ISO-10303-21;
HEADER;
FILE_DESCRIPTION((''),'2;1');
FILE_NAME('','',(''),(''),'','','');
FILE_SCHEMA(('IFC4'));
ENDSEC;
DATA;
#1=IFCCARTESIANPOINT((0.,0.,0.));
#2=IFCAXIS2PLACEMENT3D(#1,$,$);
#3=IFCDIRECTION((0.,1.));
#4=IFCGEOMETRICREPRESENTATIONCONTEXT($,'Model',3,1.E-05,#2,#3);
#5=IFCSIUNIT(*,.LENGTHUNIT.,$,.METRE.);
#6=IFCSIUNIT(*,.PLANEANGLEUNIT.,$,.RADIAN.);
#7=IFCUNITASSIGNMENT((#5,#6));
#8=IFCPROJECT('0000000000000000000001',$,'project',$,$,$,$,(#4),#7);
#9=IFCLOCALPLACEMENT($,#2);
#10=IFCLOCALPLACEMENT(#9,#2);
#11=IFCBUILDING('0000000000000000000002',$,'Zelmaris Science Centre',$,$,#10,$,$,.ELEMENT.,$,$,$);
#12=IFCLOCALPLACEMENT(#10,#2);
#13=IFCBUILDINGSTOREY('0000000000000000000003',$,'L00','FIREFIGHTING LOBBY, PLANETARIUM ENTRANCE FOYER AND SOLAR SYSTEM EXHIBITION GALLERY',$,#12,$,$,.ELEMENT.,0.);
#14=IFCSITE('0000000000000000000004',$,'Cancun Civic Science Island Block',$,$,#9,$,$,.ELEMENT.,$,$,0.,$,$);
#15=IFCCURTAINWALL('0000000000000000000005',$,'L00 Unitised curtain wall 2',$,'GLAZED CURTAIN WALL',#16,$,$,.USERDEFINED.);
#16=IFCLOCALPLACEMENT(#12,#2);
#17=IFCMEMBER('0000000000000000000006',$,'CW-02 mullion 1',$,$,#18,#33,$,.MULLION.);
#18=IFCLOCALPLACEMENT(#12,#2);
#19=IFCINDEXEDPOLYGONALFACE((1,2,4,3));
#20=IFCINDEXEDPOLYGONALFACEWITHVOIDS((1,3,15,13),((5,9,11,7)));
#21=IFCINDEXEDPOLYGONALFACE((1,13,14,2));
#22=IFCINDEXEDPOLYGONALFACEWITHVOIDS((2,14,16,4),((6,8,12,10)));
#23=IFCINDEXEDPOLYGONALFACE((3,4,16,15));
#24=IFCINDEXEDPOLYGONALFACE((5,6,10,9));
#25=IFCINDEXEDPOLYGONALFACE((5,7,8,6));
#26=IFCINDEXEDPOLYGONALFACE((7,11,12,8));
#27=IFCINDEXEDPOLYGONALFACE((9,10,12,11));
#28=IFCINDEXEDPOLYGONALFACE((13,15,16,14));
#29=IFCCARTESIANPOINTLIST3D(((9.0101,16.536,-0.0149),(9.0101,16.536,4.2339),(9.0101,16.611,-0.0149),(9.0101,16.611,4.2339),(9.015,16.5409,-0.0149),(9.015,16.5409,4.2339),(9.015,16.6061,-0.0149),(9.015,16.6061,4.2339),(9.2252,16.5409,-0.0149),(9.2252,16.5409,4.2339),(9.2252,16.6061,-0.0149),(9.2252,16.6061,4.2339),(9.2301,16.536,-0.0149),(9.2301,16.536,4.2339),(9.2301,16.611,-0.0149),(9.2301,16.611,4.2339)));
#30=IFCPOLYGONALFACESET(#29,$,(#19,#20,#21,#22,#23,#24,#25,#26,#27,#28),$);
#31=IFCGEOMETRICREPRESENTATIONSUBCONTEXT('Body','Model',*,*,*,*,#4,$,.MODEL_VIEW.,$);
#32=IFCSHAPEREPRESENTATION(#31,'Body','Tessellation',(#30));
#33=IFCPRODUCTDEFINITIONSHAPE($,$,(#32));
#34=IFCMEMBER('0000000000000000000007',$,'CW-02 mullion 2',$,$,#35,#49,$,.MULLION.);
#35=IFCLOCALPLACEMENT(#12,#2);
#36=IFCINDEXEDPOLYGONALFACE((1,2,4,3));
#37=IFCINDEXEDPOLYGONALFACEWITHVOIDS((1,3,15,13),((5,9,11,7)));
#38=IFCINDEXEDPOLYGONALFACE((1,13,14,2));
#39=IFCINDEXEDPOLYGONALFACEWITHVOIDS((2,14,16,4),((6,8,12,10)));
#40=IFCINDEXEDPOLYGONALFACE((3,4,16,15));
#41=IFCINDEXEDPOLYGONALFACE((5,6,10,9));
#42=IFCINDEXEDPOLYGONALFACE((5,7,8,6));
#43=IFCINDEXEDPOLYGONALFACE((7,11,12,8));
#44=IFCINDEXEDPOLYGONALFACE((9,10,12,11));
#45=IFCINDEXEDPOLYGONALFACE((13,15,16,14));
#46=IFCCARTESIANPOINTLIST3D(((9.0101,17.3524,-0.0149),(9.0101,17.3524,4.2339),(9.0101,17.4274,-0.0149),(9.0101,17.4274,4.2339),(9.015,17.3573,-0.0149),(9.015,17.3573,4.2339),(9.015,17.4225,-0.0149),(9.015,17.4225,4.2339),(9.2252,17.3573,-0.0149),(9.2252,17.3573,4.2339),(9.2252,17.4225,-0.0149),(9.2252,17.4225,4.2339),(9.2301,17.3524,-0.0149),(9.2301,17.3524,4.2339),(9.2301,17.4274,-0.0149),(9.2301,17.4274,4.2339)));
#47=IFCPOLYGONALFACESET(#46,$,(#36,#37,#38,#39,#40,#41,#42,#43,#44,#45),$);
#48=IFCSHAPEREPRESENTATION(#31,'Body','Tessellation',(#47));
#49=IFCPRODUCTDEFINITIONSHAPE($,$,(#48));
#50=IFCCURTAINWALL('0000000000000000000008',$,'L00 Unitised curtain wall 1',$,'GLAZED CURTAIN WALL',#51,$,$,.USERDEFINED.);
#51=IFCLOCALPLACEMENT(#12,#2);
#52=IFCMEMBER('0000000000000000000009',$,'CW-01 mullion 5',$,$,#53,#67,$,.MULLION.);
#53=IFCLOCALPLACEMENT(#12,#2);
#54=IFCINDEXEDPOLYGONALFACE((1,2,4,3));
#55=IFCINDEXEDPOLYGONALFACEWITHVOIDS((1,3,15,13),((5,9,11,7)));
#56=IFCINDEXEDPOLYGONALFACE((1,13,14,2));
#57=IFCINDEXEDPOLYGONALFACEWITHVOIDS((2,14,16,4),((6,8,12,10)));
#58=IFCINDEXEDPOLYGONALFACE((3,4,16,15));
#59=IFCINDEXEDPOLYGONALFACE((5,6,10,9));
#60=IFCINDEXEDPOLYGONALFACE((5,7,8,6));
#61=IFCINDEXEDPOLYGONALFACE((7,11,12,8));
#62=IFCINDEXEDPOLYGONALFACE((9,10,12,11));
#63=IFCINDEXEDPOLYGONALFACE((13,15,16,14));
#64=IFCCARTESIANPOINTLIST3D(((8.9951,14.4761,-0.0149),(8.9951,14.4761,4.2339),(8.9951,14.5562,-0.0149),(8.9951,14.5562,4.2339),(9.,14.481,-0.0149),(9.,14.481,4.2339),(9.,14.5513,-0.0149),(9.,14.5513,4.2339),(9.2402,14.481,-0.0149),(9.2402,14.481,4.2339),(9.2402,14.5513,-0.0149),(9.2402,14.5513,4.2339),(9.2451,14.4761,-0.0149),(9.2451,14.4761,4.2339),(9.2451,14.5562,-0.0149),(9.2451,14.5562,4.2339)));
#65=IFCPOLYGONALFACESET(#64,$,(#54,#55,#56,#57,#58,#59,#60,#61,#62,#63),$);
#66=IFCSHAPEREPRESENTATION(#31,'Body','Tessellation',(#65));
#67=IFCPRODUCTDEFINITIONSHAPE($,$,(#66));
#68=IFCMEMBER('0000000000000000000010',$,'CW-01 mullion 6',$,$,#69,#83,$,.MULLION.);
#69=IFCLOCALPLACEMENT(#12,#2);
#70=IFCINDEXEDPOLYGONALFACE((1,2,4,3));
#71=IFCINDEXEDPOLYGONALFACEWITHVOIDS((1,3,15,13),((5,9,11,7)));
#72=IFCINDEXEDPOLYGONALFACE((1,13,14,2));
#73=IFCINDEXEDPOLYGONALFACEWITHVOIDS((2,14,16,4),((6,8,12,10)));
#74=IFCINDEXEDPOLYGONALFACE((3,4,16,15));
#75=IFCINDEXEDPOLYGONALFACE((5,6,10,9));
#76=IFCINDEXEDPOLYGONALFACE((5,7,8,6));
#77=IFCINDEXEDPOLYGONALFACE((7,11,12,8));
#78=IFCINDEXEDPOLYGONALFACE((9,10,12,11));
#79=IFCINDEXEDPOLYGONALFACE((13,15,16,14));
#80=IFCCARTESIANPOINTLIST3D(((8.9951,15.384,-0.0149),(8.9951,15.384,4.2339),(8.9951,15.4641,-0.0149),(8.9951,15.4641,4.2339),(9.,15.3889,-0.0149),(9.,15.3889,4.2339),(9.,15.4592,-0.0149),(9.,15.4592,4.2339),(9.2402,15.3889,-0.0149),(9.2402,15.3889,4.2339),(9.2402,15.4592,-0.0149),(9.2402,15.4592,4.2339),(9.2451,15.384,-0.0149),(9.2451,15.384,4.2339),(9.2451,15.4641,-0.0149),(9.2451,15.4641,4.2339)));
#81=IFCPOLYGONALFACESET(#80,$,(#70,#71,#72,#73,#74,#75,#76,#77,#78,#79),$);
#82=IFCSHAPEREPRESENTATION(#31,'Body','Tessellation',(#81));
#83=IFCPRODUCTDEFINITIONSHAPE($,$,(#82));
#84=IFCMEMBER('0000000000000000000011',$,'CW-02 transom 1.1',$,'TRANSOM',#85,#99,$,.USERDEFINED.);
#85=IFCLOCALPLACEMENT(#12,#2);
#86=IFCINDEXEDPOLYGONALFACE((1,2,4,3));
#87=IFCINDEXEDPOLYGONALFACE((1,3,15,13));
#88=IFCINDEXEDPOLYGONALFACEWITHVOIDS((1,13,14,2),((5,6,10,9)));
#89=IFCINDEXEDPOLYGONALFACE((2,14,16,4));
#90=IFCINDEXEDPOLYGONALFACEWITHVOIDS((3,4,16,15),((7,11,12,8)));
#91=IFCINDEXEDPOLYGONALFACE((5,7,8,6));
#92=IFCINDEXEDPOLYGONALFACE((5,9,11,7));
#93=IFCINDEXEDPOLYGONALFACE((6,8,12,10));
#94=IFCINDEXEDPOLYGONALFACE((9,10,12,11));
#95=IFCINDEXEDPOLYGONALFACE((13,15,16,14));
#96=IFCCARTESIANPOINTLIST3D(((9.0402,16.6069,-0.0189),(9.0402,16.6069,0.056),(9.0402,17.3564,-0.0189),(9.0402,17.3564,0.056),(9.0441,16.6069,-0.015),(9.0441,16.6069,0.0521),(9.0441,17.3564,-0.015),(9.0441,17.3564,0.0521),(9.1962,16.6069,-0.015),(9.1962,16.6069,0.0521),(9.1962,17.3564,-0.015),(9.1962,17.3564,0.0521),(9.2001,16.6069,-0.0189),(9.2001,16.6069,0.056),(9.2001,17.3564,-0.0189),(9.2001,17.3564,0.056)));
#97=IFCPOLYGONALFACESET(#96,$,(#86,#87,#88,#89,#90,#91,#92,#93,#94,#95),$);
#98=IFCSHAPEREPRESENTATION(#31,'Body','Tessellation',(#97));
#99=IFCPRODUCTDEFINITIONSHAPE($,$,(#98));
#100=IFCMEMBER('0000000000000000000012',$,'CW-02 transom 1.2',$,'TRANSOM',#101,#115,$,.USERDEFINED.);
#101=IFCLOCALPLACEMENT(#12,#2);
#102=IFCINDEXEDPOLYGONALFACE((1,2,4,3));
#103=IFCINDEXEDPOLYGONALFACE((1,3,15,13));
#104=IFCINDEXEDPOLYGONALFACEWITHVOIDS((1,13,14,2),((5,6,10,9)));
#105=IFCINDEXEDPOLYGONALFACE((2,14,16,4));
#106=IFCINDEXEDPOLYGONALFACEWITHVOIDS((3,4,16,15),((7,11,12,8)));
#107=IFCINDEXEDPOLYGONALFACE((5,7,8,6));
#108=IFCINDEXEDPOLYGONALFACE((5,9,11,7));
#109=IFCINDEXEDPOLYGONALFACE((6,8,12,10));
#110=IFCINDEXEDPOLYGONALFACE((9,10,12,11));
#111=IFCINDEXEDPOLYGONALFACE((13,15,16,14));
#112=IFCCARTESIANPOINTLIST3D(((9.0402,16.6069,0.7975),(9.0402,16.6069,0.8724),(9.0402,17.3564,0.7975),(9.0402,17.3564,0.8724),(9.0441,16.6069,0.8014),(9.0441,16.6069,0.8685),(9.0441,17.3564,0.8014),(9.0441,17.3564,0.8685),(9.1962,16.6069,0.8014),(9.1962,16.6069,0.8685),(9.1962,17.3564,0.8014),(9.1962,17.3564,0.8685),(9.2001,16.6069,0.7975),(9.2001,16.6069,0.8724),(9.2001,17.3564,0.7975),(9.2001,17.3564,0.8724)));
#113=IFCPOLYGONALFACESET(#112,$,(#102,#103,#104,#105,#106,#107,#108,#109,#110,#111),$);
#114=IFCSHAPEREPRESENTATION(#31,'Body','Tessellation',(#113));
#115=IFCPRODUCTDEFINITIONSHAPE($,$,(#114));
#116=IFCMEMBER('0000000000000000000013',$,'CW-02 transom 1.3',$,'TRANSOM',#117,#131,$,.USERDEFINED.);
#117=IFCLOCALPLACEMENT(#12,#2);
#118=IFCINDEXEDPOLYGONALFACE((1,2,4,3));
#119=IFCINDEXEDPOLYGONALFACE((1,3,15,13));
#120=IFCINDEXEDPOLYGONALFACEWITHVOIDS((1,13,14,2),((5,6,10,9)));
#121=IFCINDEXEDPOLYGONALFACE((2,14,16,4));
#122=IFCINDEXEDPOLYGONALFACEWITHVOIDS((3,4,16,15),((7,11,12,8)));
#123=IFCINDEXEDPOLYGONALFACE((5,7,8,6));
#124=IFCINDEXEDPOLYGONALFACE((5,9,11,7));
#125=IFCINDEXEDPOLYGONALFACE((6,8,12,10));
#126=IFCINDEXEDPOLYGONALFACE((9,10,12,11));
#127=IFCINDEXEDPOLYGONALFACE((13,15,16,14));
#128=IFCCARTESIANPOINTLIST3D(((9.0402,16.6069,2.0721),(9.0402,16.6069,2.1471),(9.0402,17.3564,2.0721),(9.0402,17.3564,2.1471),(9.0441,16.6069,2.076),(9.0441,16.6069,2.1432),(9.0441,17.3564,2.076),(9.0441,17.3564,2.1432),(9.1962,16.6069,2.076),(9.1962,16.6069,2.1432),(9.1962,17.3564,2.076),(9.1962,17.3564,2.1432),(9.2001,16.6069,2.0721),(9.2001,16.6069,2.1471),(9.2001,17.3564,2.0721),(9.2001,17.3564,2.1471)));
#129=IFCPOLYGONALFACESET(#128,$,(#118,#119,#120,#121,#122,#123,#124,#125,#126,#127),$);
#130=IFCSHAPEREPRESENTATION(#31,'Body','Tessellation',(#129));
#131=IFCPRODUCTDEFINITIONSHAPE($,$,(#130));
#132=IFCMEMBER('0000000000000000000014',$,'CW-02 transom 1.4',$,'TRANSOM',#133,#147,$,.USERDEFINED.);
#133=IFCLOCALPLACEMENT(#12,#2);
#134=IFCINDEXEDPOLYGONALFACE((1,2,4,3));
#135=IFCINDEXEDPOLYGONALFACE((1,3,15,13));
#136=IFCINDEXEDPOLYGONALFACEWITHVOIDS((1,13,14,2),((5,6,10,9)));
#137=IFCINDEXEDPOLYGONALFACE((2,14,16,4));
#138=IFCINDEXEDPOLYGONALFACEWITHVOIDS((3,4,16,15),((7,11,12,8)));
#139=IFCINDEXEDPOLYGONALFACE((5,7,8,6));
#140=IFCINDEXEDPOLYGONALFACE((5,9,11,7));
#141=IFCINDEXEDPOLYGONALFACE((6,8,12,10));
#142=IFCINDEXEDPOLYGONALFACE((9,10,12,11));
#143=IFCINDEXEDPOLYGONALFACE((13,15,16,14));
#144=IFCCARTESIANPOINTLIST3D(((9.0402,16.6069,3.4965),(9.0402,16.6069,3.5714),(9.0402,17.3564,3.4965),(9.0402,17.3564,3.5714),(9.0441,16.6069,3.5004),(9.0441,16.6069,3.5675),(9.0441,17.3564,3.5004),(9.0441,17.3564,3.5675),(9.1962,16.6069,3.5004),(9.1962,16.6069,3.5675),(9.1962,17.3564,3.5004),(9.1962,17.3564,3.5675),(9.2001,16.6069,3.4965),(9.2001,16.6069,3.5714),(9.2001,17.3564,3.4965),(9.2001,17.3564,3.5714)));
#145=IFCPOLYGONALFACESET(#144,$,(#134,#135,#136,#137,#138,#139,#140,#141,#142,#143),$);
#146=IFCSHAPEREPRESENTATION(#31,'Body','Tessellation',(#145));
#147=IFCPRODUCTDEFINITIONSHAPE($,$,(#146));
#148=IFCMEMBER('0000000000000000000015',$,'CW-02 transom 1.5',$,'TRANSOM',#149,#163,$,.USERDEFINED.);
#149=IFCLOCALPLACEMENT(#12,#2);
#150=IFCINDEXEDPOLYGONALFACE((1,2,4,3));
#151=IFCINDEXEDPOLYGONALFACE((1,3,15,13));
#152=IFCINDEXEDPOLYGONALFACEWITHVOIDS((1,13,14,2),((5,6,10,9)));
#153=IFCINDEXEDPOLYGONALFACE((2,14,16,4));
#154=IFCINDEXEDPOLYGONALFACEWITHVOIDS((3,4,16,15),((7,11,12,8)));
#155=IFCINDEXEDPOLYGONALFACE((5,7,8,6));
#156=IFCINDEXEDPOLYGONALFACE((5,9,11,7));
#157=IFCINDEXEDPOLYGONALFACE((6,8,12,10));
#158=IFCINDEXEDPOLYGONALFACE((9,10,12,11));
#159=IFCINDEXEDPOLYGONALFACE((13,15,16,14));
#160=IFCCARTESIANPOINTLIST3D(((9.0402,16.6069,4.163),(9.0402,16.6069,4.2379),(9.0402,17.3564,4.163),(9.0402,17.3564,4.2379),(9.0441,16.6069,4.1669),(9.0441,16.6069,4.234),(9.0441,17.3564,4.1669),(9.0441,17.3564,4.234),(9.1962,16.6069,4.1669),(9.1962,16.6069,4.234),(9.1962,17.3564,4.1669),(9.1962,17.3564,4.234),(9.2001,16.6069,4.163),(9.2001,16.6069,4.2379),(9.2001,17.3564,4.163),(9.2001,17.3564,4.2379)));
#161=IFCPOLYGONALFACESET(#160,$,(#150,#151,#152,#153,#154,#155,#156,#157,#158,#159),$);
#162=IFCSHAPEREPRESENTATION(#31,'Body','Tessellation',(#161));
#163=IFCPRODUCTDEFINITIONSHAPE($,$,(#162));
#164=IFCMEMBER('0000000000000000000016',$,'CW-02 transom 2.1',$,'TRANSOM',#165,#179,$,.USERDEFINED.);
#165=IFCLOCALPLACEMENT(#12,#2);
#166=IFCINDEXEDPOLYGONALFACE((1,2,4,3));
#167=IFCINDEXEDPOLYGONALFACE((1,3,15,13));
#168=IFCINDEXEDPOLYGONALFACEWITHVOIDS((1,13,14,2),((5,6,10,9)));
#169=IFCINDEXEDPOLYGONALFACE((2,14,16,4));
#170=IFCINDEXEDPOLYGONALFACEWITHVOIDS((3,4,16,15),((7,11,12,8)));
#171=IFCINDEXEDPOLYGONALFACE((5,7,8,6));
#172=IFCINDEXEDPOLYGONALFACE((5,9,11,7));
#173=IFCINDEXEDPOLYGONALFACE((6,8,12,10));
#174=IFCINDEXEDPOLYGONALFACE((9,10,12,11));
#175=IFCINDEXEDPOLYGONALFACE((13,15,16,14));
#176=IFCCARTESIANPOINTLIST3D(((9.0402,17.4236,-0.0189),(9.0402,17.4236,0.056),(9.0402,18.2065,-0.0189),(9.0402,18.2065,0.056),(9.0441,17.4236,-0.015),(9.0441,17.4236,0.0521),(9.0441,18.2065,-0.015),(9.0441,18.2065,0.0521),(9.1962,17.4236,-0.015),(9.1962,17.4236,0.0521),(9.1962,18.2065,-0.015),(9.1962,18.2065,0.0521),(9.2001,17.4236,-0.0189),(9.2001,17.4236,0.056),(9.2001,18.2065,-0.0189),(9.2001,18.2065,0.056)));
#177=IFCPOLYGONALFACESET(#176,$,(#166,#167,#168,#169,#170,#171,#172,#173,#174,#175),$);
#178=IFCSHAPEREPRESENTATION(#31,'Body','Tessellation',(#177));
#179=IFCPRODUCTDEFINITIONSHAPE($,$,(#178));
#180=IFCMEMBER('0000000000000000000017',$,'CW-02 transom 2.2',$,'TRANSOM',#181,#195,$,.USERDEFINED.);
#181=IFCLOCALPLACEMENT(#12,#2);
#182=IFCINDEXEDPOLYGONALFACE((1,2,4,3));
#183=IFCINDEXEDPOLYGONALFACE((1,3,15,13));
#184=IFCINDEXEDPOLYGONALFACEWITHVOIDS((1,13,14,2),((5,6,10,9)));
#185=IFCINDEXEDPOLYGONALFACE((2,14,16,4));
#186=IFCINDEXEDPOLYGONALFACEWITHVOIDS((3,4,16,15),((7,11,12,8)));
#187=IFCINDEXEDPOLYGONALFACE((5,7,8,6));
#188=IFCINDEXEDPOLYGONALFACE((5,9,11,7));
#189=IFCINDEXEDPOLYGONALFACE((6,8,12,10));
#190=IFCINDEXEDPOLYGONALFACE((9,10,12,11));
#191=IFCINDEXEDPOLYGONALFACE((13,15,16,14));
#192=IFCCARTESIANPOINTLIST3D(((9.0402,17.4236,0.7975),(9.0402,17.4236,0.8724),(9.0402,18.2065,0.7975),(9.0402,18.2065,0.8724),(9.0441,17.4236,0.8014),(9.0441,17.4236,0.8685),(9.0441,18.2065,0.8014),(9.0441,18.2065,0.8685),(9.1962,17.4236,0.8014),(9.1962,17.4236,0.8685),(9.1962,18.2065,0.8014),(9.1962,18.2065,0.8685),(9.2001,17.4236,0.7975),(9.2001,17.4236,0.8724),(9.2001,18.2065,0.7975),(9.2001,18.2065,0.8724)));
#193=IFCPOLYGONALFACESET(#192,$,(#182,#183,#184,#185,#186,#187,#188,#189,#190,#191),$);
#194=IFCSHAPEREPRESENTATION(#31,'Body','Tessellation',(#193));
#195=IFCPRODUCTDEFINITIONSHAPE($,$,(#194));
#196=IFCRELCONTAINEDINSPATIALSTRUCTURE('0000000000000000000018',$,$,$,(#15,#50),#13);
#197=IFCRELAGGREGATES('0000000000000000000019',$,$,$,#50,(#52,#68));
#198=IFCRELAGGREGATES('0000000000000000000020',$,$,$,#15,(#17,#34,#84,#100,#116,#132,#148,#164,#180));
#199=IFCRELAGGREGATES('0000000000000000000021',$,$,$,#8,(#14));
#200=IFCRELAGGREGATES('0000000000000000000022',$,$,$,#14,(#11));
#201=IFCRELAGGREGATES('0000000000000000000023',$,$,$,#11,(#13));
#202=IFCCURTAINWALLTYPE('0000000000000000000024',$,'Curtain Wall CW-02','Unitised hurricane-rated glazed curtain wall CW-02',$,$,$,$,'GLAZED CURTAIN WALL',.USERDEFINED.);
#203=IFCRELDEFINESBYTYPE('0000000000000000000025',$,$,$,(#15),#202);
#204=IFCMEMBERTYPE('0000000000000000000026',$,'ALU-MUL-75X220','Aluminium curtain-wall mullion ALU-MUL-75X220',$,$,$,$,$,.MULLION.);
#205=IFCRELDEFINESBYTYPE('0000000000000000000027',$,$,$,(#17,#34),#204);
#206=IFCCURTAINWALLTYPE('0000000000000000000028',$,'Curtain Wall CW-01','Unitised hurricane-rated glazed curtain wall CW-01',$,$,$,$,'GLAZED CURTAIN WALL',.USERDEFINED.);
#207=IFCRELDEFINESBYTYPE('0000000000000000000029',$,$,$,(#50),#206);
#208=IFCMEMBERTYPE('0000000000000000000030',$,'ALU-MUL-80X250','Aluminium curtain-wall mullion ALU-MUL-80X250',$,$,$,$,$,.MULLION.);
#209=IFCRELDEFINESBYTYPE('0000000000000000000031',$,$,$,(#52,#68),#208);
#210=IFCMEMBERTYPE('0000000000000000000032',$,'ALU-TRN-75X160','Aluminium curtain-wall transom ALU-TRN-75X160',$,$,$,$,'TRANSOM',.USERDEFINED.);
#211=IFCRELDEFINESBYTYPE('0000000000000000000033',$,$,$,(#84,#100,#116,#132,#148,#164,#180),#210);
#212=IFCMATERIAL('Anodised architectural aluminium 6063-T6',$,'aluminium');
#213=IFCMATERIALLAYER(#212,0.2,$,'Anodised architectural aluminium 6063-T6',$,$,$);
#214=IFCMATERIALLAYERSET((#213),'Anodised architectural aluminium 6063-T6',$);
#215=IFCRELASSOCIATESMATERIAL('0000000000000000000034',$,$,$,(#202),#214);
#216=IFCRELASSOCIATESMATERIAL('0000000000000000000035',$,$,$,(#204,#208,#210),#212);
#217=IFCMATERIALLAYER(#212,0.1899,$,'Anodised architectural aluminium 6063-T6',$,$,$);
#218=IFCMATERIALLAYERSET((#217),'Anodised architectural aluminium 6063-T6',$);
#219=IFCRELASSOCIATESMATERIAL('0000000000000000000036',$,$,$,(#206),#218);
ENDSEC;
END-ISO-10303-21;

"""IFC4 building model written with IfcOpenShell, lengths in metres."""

from ifc_helpers import new_model, si_unit, direction, frame, origin, origin_2d, place, context, subcontext, project, spatial, hollow_rectangle, extrude, material, layer, layer_set, material_profile, profile_set, type_object, element, aggregate, save


model = new_model("IFC4")

# Units and contexts
model_context = context("Model", 3, precision=1e-05, world=origin(), true_north=direction((0.0, 1.0)))
body_context = subcontext(model_context, "Body", "Model", "MODEL_VIEW")
ifc_project = project(units=[si_unit("LENGTHUNIT", "METRE"), si_unit("PLANEANGLEUNIT", "RADIAN")], contexts=[model_context])

# Site, building, storey
site_placement = place(None, origin())
site = spatial("IfcSite", under=ifc_project, at=site_placement, Name="Cancun Civic Science Island Block", CompositionType="ELEMENT", RefElevation=0.0)
building_placement = place(site_placement, origin())
building = spatial("IfcBuilding", under=site, at=building_placement, Name="Zelmaris Science Centre", CompositionType="ELEMENT")
storey_placement = place(building_placement, origin())
storey = spatial("IfcBuildingStorey", under=building, at=storey_placement, Name="L00", Description="FIREFIGHTING LOBBY, PLANETARIUM ENTRANCE FOYER AND SOLAR SYSTEM EXHIBITION GALLERY", CompositionType="ELEMENT", Elevation=0.0)

# Curtain walls, members
ifc_material_1 = material(Name="Anodised architectural aluminium 6063-T6", Category="aluminium")
ifc_layer_1 = layer(ifc_material_1, 0.2, Name="Anodised architectural aluminium 6063-T6")
ifc_layer_set_1 = layer_set([ifc_layer_1], Name="Anodised architectural aluminium 6063-T6")
curtain_wall_type_1 = type_object("IfcCurtainWallType", Name="Curtain Wall CW-02", Description="Unitised hurricane-rated glazed curtain wall CW-02", ElementType="GLAZED CURTAIN WALL", PredefinedType="USERDEFINED", material=ifc_layer_set_1)
curtain_wall_1_placement = place(storey_placement, origin())
curtain_wall_1 = element("IfcCurtainWall", 1, at=curtain_wall_1_placement, inside=storey, type_object=curtain_wall_type_1, Name="L00 Unitised curtain wall 2", ObjectType="GLAZED CURTAIN WALL", PredefinedType="USERDEFINED")
ifc_material_profile_1 = material_profile(ifc_material_1, hollow_rectangle(XDim=0.075, YDim=0.22, WallThickness=0.0049, at=origin_2d()), Name="ALU-MUL-75X220")
ifc_profile_set_1 = profile_set([ifc_material_profile_1], Name="Anodised architectural aluminium 6063-T6")
member_type_1 = type_object("IfcMemberType", Name="ALU-MUL-75X220", Description="Aluminium curtain-wall mullion ALU-MUL-75X220", PredefinedType="MULLION", material=ifc_profile_set_1)
member_1_placement = place(storey_placement, frame((9.1201, 16.5735, -0.0149), z_axis=(0.0, 0.0, 1.0), x_axis=(0.0, 1.0, 0.0)))
member_1 = element("IfcMember", 2, at=member_1_placement, type_object=member_type_1, Name="CW-02 mullion 1", PredefinedType="MULLION", context=body_context, shape_type="SweptSolid", body=[
    extrude(hollow_rectangle(XDim=0.075, YDim=0.22, WallThickness=0.0049, at=origin_2d()), origin(), (0.0, 0.0, 1.0), 4.2488),
])
member_2_placement = place(storey_placement, frame((9.1201, 17.3899, -0.0149), z_axis=(0.0, 0.0, 1.0), x_axis=(0.0, 1.0, 0.0)))
member_2 = element("IfcMember", 3, at=member_2_placement, type_object=member_type_1, Name="CW-02 mullion 2", PredefinedType="MULLION", context=body_context, shape_type="SweptSolid", body=[
    extrude(hollow_rectangle(XDim=0.075, YDim=0.22, WallThickness=0.0049, at=origin_2d()), origin(), (0.0, 0.0, 1.0), 4.2488),
])
ifc_layer_2 = layer(ifc_material_1, 0.1899, Name="Anodised architectural aluminium 6063-T6")
ifc_layer_set_2 = layer_set([ifc_layer_2], Name="Anodised architectural aluminium 6063-T6")
curtain_wall_type_2 = type_object("IfcCurtainWallType", Name="Curtain Wall CW-01", Description="Unitised hurricane-rated glazed curtain wall CW-01", ElementType="GLAZED CURTAIN WALL", PredefinedType="USERDEFINED", material=ifc_layer_set_2)
curtain_wall_2_placement = place(storey_placement, origin())
curtain_wall_2 = element("IfcCurtainWall", 4, at=curtain_wall_2_placement, inside=storey, type_object=curtain_wall_type_2, Name="L00 Unitised curtain wall 1", ObjectType="GLAZED CURTAIN WALL", PredefinedType="USERDEFINED")
ifc_material_profile_2 = material_profile(ifc_material_1, hollow_rectangle(XDim=0.0801, YDim=0.25, WallThickness=0.0049, at=origin_2d()), Name="ALU-MUL-80X250")
ifc_profile_set_2 = profile_set([ifc_material_profile_2], Name="Anodised architectural aluminium 6063-T6")
member_type_2 = type_object("IfcMemberType", Name="ALU-MUL-80X250", Description="Aluminium curtain-wall mullion ALU-MUL-80X250", PredefinedType="MULLION", material=ifc_profile_set_2)
member_3_placement = place(storey_placement, frame((9.1201, 14.5161, -0.0149), z_axis=(0.0, 0.0, 1.0), x_axis=(0.0, 1.0, 0.0)))
member_3 = element("IfcMember", 5, at=member_3_placement, type_object=member_type_2, Name="CW-01 mullion 5", PredefinedType="MULLION", context=body_context, shape_type="SweptSolid", body=[
    extrude(hollow_rectangle(XDim=0.0801, YDim=0.25, WallThickness=0.0049, at=origin_2d()), origin(), (0.0, 0.0, 1.0), 4.2488),
])
member_4_placement = place(storey_placement, frame((9.1201, 15.4241, -0.0149), z_axis=(0.0, 0.0, 1.0), x_axis=(0.0, 1.0, 0.0)))
member_4 = element("IfcMember", 6, at=member_4_placement, type_object=member_type_2, Name="CW-01 mullion 6", PredefinedType="MULLION", context=body_context, shape_type="SweptSolid", body=[
    extrude(hollow_rectangle(XDim=0.0801, YDim=0.25, WallThickness=0.0049, at=origin_2d()), origin(), (0.0, 0.0, 1.0), 4.2488),
])

# Members
ifc_material_profile_3 = material_profile(ifc_material_1, hollow_rectangle(XDim=0.075, YDim=0.1599, WallThickness=0.0039, at=origin_2d()), Name="ALU-TRN-75X160")
ifc_profile_set_3 = profile_set([ifc_material_profile_3], Name="Anodised architectural aluminium 6063-T6")
member_type_3 = type_object("IfcMemberType", Name="ALU-TRN-75X160", Description="Aluminium curtain-wall transom ALU-TRN-75X160", ElementType="TRANSOM", PredefinedType="USERDEFINED", material=ifc_profile_set_3)
member_5_placement = place(storey_placement, frame((9.1201, 16.6069, 0.0186), z_axis=(0.0, 1.0, 0.0), x_axis=(0.0, 0.0, 1.0)))
member_5 = element("IfcMember", 7, at=member_5_placement, type_object=member_type_3, Name="CW-02 transom 1.1", ObjectType="TRANSOM", PredefinedType="USERDEFINED", context=body_context, shape_type="SweptSolid", body=[
    extrude(hollow_rectangle(XDim=0.075, YDim=0.1599, WallThickness=0.0039, at=origin_2d()), origin(), (0.0, 0.0, 1.0), 0.7495),
])
member_6_placement = place(storey_placement, frame((9.1201, 16.6069, 0.835), z_axis=(0.0, 1.0, 0.0), x_axis=(0.0, 0.0, 1.0)))
member_6 = element("IfcMember", 8, at=member_6_placement, type_object=member_type_3, Name="CW-02 transom 1.2", ObjectType="TRANSOM", PredefinedType="USERDEFINED", context=body_context, shape_type="SweptSolid", body=[
    extrude(hollow_rectangle(XDim=0.075, YDim=0.1599, WallThickness=0.0039, at=origin_2d()), origin(), (0.0, 0.0, 1.0), 0.7495),
])
member_7_placement = place(storey_placement, frame((9.1201, 16.6069, 2.1096), z_axis=(0.0, 1.0, 0.0), x_axis=(0.0, 0.0, 1.0)))
member_7 = element("IfcMember", 9, at=member_7_placement, type_object=member_type_3, Name="CW-02 transom 1.3", ObjectType="TRANSOM", PredefinedType="USERDEFINED", context=body_context, shape_type="SweptSolid", body=[
    extrude(hollow_rectangle(XDim=0.075, YDim=0.1599, WallThickness=0.0039, at=origin_2d()), origin(), (0.0, 0.0, 1.0), 0.7495),
])
member_8_placement = place(storey_placement, frame((9.1201, 16.6069, 3.5339), z_axis=(0.0, 1.0, 0.0), x_axis=(0.0, 0.0, 1.0)))
member_8 = element("IfcMember", 10, at=member_8_placement, type_object=member_type_3, Name="CW-02 transom 1.4", ObjectType="TRANSOM", PredefinedType="USERDEFINED", context=body_context, shape_type="SweptSolid", body=[
    extrude(hollow_rectangle(XDim=0.075, YDim=0.1599, WallThickness=0.0039, at=origin_2d()), origin(), (0.0, 0.0, 1.0), 0.7495),
])
member_9_placement = place(storey_placement, frame((9.1201, 16.6069, 4.2004), z_axis=(0.0, 1.0, 0.0), x_axis=(0.0, 0.0, 1.0)))
member_9 = element("IfcMember", 11, at=member_9_placement, type_object=member_type_3, Name="CW-02 transom 1.5", ObjectType="TRANSOM", PredefinedType="USERDEFINED", context=body_context, shape_type="SweptSolid", body=[
    extrude(hollow_rectangle(XDim=0.075, YDim=0.1599, WallThickness=0.0039, at=origin_2d()), origin(), (0.0, 0.0, 1.0), 0.7495),
])
member_10_placement = place(storey_placement, frame((9.1201, 17.4236, 0.0186), z_axis=(0.0, 1.0, 0.0), x_axis=(0.0, 0.0, 1.0)))
member_10 = element("IfcMember", 12, at=member_10_placement, type_object=member_type_3, Name="CW-02 transom 2.1", ObjectType="TRANSOM", PredefinedType="USERDEFINED", context=body_context, shape_type="SweptSolid", body=[
    extrude(hollow_rectangle(XDim=0.075, YDim=0.1599, WallThickness=0.0039, at=origin_2d()), origin(), (0.0, 0.0, 1.0), 0.783),
])
member_11_placement = place(storey_placement, frame((9.1201, 17.4236, 0.835), z_axis=(0.0, 1.0, 0.0), x_axis=(0.0, 0.0, 1.0)))
member_11 = element("IfcMember", 13, at=member_11_placement, type_object=member_type_3, Name="CW-02 transom 2.2", ObjectType="TRANSOM", PredefinedType="USERDEFINED", context=body_context, shape_type="SweptSolid", body=[
    extrude(hollow_rectangle(XDim=0.075, YDim=0.1599, WallThickness=0.0039, at=origin_2d()), origin(), (0.0, 0.0, 1.0), 0.783),
])

aggregate(curtain_wall_2, [member_3, member_4])
aggregate(curtain_wall_1, [member_1, member_2, member_5, member_6, member_7, member_8, member_9, member_10, member_11])

save(model, "model.ifc")
